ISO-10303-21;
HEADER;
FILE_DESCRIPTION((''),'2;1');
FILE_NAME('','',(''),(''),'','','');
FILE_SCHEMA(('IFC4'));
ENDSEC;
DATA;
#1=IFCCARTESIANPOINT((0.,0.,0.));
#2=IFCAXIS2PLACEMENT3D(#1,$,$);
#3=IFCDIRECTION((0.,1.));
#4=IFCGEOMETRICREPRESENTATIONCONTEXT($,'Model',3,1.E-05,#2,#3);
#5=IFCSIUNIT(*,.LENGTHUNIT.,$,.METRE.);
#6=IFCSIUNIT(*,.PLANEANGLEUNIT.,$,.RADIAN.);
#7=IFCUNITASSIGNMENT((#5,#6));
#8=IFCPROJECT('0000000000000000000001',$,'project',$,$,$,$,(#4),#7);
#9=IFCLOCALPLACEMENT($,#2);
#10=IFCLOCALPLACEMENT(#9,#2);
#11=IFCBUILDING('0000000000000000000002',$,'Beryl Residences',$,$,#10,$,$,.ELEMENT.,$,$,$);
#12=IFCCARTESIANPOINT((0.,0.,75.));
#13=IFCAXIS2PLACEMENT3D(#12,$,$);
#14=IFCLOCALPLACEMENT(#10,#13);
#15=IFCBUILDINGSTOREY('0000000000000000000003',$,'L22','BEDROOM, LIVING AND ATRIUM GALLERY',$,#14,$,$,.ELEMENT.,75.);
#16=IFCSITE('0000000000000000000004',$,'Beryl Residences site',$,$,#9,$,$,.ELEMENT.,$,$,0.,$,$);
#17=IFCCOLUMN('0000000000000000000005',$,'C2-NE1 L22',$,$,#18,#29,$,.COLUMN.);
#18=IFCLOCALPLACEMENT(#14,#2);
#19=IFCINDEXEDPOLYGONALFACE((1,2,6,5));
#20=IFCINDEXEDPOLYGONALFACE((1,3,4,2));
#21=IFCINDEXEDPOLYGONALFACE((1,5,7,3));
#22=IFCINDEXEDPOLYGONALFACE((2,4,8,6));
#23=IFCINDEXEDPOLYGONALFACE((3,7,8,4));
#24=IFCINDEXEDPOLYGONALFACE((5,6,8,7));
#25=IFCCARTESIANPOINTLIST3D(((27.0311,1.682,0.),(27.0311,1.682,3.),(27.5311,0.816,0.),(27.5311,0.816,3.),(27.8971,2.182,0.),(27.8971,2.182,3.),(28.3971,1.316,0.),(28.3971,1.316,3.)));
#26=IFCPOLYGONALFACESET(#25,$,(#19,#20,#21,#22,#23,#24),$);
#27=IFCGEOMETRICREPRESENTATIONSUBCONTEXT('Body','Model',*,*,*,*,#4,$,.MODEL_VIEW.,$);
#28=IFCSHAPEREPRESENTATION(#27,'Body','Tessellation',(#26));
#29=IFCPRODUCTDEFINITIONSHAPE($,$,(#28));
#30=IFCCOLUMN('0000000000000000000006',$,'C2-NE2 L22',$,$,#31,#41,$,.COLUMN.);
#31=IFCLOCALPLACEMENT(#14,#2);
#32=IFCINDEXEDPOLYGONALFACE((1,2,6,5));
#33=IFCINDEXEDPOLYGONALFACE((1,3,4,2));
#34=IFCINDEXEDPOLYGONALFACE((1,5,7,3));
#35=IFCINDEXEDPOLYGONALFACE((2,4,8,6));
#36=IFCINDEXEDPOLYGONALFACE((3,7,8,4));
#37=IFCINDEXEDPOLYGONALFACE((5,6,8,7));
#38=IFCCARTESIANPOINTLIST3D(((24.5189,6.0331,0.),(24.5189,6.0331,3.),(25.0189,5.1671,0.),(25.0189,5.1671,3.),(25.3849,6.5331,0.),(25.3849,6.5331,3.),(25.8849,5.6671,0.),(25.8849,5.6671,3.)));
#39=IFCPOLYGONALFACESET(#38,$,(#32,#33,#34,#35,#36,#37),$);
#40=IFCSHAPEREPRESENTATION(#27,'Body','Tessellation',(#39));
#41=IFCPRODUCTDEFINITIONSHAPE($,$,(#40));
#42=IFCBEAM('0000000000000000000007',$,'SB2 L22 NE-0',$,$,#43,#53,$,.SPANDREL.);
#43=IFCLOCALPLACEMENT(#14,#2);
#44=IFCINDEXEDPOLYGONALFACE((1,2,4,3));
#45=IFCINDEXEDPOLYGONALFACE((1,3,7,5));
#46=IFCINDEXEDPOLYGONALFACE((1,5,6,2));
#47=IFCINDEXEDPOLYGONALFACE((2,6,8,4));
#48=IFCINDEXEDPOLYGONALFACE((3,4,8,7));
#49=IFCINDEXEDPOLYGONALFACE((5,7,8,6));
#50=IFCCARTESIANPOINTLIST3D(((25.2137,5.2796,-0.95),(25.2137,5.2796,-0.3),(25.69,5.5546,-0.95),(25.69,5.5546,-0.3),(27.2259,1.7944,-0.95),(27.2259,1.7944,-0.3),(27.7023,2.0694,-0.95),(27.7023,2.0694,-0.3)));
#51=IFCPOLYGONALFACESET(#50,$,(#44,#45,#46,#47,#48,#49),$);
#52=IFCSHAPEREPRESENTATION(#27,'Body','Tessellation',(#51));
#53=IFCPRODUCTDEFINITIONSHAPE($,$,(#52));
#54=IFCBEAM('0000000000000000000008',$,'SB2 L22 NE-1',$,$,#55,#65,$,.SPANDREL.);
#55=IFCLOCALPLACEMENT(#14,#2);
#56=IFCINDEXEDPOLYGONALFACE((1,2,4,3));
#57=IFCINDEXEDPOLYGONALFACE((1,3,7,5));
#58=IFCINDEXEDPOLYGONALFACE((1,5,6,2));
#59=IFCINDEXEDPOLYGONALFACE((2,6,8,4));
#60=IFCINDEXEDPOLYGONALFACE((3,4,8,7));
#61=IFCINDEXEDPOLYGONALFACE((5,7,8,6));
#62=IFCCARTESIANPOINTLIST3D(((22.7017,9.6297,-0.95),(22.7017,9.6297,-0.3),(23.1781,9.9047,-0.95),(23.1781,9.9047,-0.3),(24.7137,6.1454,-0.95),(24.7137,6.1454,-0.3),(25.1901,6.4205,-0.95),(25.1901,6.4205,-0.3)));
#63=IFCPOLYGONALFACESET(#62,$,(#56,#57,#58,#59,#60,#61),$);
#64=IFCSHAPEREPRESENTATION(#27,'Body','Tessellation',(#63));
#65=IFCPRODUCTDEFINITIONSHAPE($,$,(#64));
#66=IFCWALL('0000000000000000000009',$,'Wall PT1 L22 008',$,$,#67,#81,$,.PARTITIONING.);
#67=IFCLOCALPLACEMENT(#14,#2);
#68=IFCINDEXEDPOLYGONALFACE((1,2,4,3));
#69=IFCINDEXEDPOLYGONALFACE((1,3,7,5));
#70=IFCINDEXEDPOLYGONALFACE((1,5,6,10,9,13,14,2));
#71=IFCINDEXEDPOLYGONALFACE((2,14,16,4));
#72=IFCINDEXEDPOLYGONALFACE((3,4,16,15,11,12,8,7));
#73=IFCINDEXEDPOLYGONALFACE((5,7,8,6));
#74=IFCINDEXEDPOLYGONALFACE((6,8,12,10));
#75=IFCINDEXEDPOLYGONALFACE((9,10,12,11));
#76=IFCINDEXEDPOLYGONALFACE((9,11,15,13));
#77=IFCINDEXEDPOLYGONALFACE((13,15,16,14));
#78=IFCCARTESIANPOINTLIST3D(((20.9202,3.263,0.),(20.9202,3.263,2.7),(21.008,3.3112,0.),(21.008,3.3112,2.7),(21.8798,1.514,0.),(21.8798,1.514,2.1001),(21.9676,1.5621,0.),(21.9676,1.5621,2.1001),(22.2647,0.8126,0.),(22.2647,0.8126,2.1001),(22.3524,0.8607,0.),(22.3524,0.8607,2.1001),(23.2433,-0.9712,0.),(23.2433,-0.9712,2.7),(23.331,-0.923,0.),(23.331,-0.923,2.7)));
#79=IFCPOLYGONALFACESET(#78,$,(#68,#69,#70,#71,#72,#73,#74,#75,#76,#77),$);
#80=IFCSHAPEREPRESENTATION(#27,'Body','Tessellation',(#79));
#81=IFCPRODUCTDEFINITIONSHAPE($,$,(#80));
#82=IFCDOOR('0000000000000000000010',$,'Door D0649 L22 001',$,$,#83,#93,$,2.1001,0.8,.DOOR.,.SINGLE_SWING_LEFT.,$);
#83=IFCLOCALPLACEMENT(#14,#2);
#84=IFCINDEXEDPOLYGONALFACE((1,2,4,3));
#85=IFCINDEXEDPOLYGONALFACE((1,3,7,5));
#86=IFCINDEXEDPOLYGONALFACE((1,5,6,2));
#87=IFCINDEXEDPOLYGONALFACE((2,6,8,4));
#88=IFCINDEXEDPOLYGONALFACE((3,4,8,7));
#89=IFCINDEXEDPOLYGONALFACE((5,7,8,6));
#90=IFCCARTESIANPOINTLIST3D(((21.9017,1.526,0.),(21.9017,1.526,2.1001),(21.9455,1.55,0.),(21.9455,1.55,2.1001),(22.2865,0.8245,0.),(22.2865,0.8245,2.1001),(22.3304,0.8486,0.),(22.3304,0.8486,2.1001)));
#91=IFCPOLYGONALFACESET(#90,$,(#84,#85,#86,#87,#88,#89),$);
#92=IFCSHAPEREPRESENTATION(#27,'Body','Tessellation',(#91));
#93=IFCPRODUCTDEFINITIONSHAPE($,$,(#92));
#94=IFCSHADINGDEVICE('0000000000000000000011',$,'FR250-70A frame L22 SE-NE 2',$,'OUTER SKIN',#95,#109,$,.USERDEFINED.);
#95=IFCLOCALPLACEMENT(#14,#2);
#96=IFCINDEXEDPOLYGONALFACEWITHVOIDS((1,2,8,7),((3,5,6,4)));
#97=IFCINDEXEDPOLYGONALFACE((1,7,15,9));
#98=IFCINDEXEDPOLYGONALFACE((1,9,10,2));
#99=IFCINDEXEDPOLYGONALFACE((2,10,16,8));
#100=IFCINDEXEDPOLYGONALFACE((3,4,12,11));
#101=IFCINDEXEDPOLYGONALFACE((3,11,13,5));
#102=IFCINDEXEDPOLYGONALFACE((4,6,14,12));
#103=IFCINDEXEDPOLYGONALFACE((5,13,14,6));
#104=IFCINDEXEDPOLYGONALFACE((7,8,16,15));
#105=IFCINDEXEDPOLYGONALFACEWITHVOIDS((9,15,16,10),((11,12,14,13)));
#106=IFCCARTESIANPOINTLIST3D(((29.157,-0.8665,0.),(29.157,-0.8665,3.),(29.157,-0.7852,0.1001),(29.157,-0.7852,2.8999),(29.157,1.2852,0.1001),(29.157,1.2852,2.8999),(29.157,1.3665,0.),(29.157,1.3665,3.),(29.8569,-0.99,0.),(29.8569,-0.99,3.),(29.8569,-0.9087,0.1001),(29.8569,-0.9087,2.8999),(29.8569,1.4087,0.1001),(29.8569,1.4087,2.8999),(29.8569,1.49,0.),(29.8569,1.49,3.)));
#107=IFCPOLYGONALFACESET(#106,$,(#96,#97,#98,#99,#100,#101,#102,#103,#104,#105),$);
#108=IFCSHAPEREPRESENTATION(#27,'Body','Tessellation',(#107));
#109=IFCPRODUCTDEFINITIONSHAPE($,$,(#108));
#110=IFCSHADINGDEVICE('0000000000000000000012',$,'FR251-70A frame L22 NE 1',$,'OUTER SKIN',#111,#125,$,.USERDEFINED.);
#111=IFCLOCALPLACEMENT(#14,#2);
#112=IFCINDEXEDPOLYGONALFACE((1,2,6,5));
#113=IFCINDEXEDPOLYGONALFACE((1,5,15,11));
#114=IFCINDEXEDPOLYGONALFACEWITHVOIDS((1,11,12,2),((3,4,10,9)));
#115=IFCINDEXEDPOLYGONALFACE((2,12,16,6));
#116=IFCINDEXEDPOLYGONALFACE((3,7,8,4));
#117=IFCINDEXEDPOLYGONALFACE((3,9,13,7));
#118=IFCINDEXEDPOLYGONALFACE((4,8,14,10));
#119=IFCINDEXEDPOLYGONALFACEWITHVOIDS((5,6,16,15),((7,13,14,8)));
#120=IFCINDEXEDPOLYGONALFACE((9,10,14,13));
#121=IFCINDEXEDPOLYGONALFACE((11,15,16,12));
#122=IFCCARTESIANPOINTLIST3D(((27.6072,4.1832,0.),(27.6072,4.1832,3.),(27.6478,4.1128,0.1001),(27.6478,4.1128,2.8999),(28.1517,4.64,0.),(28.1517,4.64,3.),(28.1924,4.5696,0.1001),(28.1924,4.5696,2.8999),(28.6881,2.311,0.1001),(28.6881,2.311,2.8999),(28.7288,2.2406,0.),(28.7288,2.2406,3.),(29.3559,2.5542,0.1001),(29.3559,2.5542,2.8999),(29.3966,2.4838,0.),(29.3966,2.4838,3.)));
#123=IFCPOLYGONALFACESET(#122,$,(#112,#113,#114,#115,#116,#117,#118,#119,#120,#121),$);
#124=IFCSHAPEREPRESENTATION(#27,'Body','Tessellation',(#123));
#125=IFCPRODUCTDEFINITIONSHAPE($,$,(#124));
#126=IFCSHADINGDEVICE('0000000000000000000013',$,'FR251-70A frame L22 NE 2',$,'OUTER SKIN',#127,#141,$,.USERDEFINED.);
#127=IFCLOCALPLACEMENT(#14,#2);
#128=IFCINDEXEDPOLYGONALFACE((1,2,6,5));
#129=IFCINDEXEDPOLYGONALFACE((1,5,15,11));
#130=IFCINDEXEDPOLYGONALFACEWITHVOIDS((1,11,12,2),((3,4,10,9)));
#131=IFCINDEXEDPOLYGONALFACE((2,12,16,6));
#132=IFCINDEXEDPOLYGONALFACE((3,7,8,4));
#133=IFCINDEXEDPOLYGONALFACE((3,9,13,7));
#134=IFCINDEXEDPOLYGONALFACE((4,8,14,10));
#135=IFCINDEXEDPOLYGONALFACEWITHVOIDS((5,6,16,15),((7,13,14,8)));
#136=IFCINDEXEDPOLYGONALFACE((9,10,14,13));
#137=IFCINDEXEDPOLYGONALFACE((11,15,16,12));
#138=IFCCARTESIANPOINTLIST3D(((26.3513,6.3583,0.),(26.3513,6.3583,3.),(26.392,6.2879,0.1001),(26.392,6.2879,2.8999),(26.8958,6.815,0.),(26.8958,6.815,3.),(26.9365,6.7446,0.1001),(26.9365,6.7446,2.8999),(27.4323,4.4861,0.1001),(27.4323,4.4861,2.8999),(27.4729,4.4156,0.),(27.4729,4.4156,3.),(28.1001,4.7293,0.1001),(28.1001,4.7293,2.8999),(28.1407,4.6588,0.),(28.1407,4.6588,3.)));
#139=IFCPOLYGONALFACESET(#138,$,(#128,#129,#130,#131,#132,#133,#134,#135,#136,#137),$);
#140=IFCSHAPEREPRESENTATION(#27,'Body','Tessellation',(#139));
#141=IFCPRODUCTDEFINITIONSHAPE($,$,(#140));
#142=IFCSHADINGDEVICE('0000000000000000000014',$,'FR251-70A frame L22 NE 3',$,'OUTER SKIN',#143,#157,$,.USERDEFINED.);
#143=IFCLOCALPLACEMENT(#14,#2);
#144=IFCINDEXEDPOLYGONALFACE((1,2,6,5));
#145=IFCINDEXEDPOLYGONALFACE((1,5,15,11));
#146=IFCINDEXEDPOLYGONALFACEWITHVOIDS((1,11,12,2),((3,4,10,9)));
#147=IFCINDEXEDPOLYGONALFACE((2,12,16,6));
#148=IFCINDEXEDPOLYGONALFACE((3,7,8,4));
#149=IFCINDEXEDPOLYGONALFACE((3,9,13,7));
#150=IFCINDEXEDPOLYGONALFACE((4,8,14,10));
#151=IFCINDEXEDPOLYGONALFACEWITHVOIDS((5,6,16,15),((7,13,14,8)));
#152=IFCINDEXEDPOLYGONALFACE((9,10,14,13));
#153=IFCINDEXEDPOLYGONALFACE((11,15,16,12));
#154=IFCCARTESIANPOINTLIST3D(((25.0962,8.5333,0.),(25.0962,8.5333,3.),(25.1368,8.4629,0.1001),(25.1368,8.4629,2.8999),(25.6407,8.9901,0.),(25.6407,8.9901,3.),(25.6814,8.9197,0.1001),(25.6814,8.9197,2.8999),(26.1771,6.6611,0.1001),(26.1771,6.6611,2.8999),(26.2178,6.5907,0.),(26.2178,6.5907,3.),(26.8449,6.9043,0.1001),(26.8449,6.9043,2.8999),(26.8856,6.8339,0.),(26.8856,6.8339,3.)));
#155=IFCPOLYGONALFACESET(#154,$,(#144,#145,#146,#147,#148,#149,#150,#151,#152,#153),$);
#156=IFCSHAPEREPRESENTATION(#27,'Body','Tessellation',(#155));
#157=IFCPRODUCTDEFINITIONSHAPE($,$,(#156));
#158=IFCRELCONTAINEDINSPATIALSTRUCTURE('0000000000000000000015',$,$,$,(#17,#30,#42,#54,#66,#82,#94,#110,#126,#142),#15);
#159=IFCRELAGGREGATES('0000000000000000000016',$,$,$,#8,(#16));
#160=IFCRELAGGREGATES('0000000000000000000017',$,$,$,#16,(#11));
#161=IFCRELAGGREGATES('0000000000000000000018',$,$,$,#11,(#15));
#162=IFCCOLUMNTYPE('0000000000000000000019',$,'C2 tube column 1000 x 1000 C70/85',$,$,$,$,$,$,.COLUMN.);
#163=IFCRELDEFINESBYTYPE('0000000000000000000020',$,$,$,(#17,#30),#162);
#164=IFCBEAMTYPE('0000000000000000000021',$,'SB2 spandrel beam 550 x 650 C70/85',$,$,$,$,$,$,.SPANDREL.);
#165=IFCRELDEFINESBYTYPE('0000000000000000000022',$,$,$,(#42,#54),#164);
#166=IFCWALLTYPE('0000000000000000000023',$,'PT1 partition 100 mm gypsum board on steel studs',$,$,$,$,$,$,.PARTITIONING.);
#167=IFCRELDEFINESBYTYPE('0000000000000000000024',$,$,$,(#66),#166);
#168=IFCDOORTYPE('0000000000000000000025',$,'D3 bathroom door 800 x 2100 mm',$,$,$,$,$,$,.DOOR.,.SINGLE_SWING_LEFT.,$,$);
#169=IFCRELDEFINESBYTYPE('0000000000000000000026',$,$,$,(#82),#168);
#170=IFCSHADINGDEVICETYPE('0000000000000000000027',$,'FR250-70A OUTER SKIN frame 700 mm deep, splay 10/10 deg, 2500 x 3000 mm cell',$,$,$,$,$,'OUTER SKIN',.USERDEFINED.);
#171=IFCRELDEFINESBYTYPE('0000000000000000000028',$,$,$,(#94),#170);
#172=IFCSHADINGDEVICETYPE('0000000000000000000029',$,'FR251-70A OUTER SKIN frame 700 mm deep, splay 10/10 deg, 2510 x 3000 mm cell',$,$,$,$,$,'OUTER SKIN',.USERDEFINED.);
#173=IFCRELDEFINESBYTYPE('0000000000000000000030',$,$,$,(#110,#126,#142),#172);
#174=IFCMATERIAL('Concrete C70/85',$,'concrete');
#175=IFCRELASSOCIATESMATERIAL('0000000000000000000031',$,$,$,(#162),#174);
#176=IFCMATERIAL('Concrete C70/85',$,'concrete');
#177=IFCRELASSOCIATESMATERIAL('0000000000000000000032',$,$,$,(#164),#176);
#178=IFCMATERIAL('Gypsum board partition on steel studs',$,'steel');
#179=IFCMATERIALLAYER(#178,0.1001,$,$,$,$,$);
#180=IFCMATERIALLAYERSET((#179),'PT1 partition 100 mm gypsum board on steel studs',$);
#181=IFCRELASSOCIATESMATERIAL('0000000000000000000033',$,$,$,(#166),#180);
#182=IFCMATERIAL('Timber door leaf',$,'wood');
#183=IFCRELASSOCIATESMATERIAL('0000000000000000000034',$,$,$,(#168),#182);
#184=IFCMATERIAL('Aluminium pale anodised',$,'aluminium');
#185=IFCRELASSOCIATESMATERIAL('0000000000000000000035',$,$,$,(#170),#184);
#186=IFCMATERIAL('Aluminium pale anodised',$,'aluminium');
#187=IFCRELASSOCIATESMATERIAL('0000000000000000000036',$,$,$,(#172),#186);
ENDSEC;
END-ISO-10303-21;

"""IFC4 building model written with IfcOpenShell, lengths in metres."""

from ifc_helpers import new_model, entity, si_unit, direction, frame, frame_2d, origin, origin_2d, place, context, subcontext, project, spatial, rectangle, extrude, source, transform, mapped, material, layer, layer_set, material_profile, profile_set, type_object, type_shapes, element, fill, save


model = new_model("IFC4")

# Units and contexts
model_context = context("Model", 3, precision=1e-05, world=origin(), true_north=direction((0.0, 1.0)))
body_context = subcontext(model_context, "Body", "Model", "MODEL_VIEW")
ifc_project = project(units=[si_unit("LENGTHUNIT", "METRE"), si_unit("PLANEANGLEUNIT", "RADIAN")], contexts=[model_context])

# Site, building, storey
site_placement = place(None, origin())
site = spatial("IfcSite", under=ifc_project, at=site_placement, Name="Beryl Residences site", CompositionType="ELEMENT", RefElevation=0.0)
building_placement = place(site_placement, origin())
building = spatial("IfcBuilding", under=site, at=building_placement, Name="Beryl Residences", CompositionType="ELEMENT")
storey_placement = place(building_placement, frame((0.0, 0.0, 75.0)))
storey = spatial("IfcBuildingStorey", under=building, at=storey_placement, Name="L22", Description="BEDROOM, LIVING AND ATRIUM GALLERY", CompositionType="ELEMENT", Elevation=75.0)

# Columns
ifc_material_1 = material(Name="Concrete C70/85", Category="concrete")
ifc_material_profile_1 = material_profile(ifc_material_1, rectangle(XDim=1.0, YDim=1.0, at=origin_2d()))
ifc_profile_set_1 = profile_set([ifc_material_profile_1], Name="Concrete C70/85")
column_type = type_object("IfcColumnType", Name="C2 tube column 1000 x 1000 C70/85", PredefinedType="COLUMN", material=ifc_profile_set_1)
for number, where, z_axis, x_axis, name in (
    (1, (27.7141, 1.499, 0.0), (0.0, 0.0, 1.0), (-0.5, 0.866025, 0.0), "C2-NE1 L22"),
    (2, (25.2019, 5.8501, 0.0), (0.0, 0.0, 1.0), (-0.5, 0.866025, 0.0), "C2-NE2 L22"),
):
    element("IfcColumn", number, at=place(storey_placement, frame(where, z_axis=z_axis, x_axis=x_axis)), inside=storey, type_object=column_type, Name=name, PredefinedType="COLUMN", context=body_context, shape_type="SweptSolid", body=[
        extrude(rectangle(XDim=1.0, YDim=1.0, at=origin_2d()), origin(), (0.0, 0.0, 1.0), 3.0),
    ])

# Beams
ifc_material_2 = material(Name="Concrete C70/85", Category="concrete")
ifc_material_profile_2 = material_profile(ifc_material_2, rectangle(XDim=0.55, YDim=0.6499, at=origin_2d()))
ifc_profile_set_2 = profile_set([ifc_material_profile_2], Name="Concrete C70/85")
beam_type = type_object("IfcBeamType", Name="SB2 spandrel beam 550 x 650 C70/85", PredefinedType="SPANDREL", material=ifc_profile_set_2)
beam_1_placement = place(storey_placement, frame((27.4641, 1.9319, -0.625), z_axis=(-0.500015, 0.866017, 0.0), x_axis=(-0.866017, -0.500015, 0.0)))
element("IfcBeam", 3, at=beam_1_placement, inside=storey, type_object=beam_type, Name="SB2 L22 NE-0", PredefinedType="SPANDREL", context=body_context, shape_type="SweptSolid", body=[
    extrude(rectangle(XDim=0.55, YDim=0.6499, at=origin_2d()), origin(), (0.0, 0.0, 1.0), 4.0244),
])
beam_2_placement = place(storey_placement, frame((24.9519, 6.283, -0.625), z_axis=(-0.500074, 0.865982, 0.0), x_axis=(-0.865982, -0.500074, 0.0)))
element("IfcBeam", 4, at=beam_2_placement, inside=storey, type_object=beam_type, Name="SB2 L22 NE-1", PredefinedType="SPANDREL", context=body_context, shape_type="SweptSolid", body=[
    extrude(rectangle(XDim=0.55, YDim=0.6499, at=origin_2d()), origin(), (0.0, 0.0, 1.0), 4.0234),
])

# Wall, opening, door
ifc_material_3 = material(Name="Gypsum board partition on steel studs", Category="steel")
ifc_layer_1 = layer(ifc_material_3, 0.1001)
ifc_layer_set_1 = layer_set([ifc_layer_1], Name="PT1 partition 100 mm gypsum board on steel studs")
wall_type_1 = type_object("IfcWallType", Name="PT1 partition 100 mm gypsum board on steel studs", PredefinedType="PARTITIONING", material=ifc_layer_set_1)
wall_1_placement = place(storey_placement, frame((20.9641, 3.2871, 0.0), z_axis=(0.0, 0.0, 1.0), x_axis=(0.481001, -0.87672, 0.0)))
wall_1 = element("IfcWall", 5, at=wall_1_placement, inside=storey, type_object=wall_type_1, Name="Wall PT1 L22 008", PredefinedType="PARTITIONING", context=body_context, shape_type="SweptSolid", body=[
    extrude(rectangle(XDim=4.8296, YDim=0.1001, at=frame_2d((2.4148, 0.0))), origin(), (0.0, 0.0, 1.0), 2.7),
])
opening_1_placement = place(wall_1_placement, frame((1.9951, 0.0, 0.0)))
opening_1 = element("IfcOpeningElement", 6, at=opening_1_placement, cuts=wall_1, PredefinedType="OPENING", context=body_context, shape_type="SweptSolid", body=[
    extrude(rectangle(XDim=0.8, YDim=2.1001, at=frame_2d((0.3999, 1.05))), frame((0.0, 0.0601, 0.0), z_axis=(0.0, -1.0, 0.0), x_axis=(1.0, 0.0, 0.0)), (0.0, 0.0, 1.0), 0.1201),
])
ifc_material_4 = material(Name="Timber door leaf", Category="wood")
door_type = type_object("IfcDoorType", Name="D3 bathroom door 800 x 2100 mm", OperationType="SINGLE_SWING_LEFT", PredefinedType="DOOR", material=ifc_material_4)
door_placement = place(opening_1_placement, origin())
door = element("IfcDoor", 7, at=door_placement, inside=storey, type_object=door_type, Name="Door D0649 L22 001", OperationType="SINGLE_SWING_LEFT", OverallHeight=2.1001, OverallWidth=0.8, PredefinedType="DOOR", context=body_context, shape_type="SweptSolid", body=[
    extrude(rectangle(XDim=0.8, YDim=2.1001, at=frame_2d((0.3999, 1.05))), frame((0.0, 0.0249, 0.0), z_axis=(0.0, -1.0, 0.0), x_axis=(1.0, 0.0, 0.0)), (0.0, 0.0, 1.0), 0.05),
])
fill(opening_1, door)

# Shading devices
ifc_material_5 = material(Name="Aluminium pale anodised", Category="aluminium")
shading_device_type_1 = type_object("IfcShadingDeviceType", Name="FR250-70A OUTER SKIN frame 700 mm deep, splay 10/10 deg, 2500 x 3000 mm cell", ElementType="OUTER SKIN", PredefinedType="USERDEFINED", material=ifc_material_5)
cartesian_point_1 = entity("IfcCartesianPoint", [-1.1165, 0.0])
cartesian_point_2 = entity("IfcCartesianPoint", [-1.0352, 0.1001])
cartesian_point_3 = entity("IfcCartesianPoint", [-1.24, 0.0])
cartesian_point_4 = entity("IfcCartesianPoint", [-1.1587, 0.1001])
shared_shape_1 = source(origin(), body_context, "Body", "SweptSolid", [
    entity("IfcExtrudedAreaSolidTapered", entity("IfcArbitraryProfileDefWithVoids", "AREA", None, entity("IfcPolyline", [cartesian_point_1, entity("IfcCartesianPoint", [1.1165, 0.0]), entity("IfcCartesianPoint", [1.1165, 3.0]), entity("IfcCartesianPoint", [-1.1165, 3.0]), cartesian_point_1]), [entity("IfcPolyline", [cartesian_point_2, entity("IfcCartesianPoint", [1.0352, 0.1001]), entity("IfcCartesianPoint", [1.0352, 2.8999]), entity("IfcCartesianPoint", [-1.0352, 2.8999]), cartesian_point_2])]), entity("IfcAxis2Placement3D", entity("IfcCartesianPoint", [0.0, 0.0, 0.0]), entity("IfcDirection", [0.0, 1.0, 0.0]), entity("IfcDirection", [-1.0, 0.0, 0.0])), entity("IfcDirection", [0.0, 0.0, 1.0]), 0.7, entity("IfcArbitraryProfileDefWithVoids", "AREA", None, entity("IfcPolyline", [cartesian_point_3, entity("IfcCartesianPoint", [1.24, 0.0]), entity("IfcCartesianPoint", [1.24, 3.0]), entity("IfcCartesianPoint", [-1.24, 3.0]), cartesian_point_3]), [entity("IfcPolyline", [cartesian_point_4, entity("IfcCartesianPoint", [1.1587, 0.1001]), entity("IfcCartesianPoint", [1.1587, 2.8999]), entity("IfcCartesianPoint", [-1.1587, 2.8999]), cartesian_point_4])])),
])
type_shapes(shading_device_type_1, [shared_shape_1])
shading_device_placement = place(storey_placement, frame((29.157, 0.25, 0.0), z_axis=(0.0, 0.0, 1.0), x_axis=(0.0, -1.0, 0.0)))
element("IfcShadingDevice", 8, at=shading_device_placement, inside=storey, type_object=shading_device_type_1, Name="FR250-70A frame L22 SE-NE 2", ObjectType="OUTER SKIN", PredefinedType="USERDEFINED", context=body_context, shape_type="MappedRepresentation", body=[
    mapped(shared_shape_1, transform((0.0, 0.0, 0.0))),
])
ifc_material_6 = material(Name="Aluminium pale anodised", Category="aluminium")
shading_device_type_2 = type_object("IfcShadingDeviceType", Name="FR251-70A OUTER SKIN frame 700 mm deep, splay 10/10 deg, 2510 x 3000 mm cell", ElementType="OUTER SKIN", PredefinedType="USERDEFINED", material=ifc_material_6)
cartesian_point_5 = entity("IfcCartesianPoint", [-1.1216, 0.0])
cartesian_point_6 = entity("IfcCartesianPoint", [-1.0403, 0.1001])
cartesian_point_7 = entity("IfcCartesianPoint", [-1.2449, 0.0])
cartesian_point_8 = entity("IfcCartesianPoint", [-1.1636, 0.1001])
shared_shape_2 = source(origin(), body_context, "Body", "SweptSolid", [
    entity("IfcExtrudedAreaSolidTapered", entity("IfcArbitraryProfileDefWithVoids", "AREA", None, entity("IfcPolyline", [cartesian_point_5, entity("IfcCartesianPoint", [1.1216, 0.0]), entity("IfcCartesianPoint", [1.1216, 3.0]), entity("IfcCartesianPoint", [-1.1216, 3.0]), cartesian_point_5]), [entity("IfcPolyline", [cartesian_point_6, entity("IfcCartesianPoint", [1.0403, 0.1001]), entity("IfcCartesianPoint", [1.0403, 2.8999]), entity("IfcCartesianPoint", [-1.0403, 2.8999]), cartesian_point_6])]), entity("IfcAxis2Placement3D", entity("IfcCartesianPoint", [0.0, 0.0, 0.0]), entity("IfcDirection", [0.0, 1.0, 0.0]), entity("IfcDirection", [-1.0, 0.0, 0.0])), entity("IfcDirection", [0.0, 0.0, 1.0]), 0.7, entity("IfcArbitraryProfileDefWithVoids", "AREA", None, entity("IfcPolyline", [cartesian_point_7, entity("IfcCartesianPoint", [1.2449, 0.0]), entity("IfcCartesianPoint", [1.2449, 3.0]), entity("IfcCartesianPoint", [-1.2449, 3.0]), cartesian_point_7]), [entity("IfcPolyline", [cartesian_point_8, entity("IfcCartesianPoint", [1.1636, 0.1001]), entity("IfcCartesianPoint", [1.1636, 2.8999]), entity("IfcCartesianPoint", [-1.1636, 2.8999]), cartesian_point_8])])),
])
type_shapes(shading_device_type_2, [shared_shape_2])
for number, where, z_axis, x_axis, name in (
    (9, (28.168, 3.2119, 0.0), (0.0, 0.0, 1.0), (0.5, -0.866025, 0.0), "FR251-70A frame L22 NE 1"),
    (10, (26.9121, 5.387, 0.0), (0.0, 0.0, 1.0), (0.5, -0.866025, 0.0), "FR251-70A frame L22 NE 2"),
    (11, (25.657, 7.562, 0.0), (0.0, 0.0, 1.0), (0.5, -0.866025, 0.0), "FR251-70A frame L22 NE 3"),
):
    element("IfcShadingDevice", number, at=place(storey_placement, frame(where, z_axis=z_axis, x_axis=x_axis)), inside=storey, type_object=shading_device_type_2, Name=name, ObjectType="OUTER SKIN", PredefinedType="USERDEFINED", context=body_context, shape_type="MappedRepresentation", body=[
        mapped(shared_shape_2, transform((0.0, 0.0, 0.0))),
    ])

save(model, "model.ifc")
